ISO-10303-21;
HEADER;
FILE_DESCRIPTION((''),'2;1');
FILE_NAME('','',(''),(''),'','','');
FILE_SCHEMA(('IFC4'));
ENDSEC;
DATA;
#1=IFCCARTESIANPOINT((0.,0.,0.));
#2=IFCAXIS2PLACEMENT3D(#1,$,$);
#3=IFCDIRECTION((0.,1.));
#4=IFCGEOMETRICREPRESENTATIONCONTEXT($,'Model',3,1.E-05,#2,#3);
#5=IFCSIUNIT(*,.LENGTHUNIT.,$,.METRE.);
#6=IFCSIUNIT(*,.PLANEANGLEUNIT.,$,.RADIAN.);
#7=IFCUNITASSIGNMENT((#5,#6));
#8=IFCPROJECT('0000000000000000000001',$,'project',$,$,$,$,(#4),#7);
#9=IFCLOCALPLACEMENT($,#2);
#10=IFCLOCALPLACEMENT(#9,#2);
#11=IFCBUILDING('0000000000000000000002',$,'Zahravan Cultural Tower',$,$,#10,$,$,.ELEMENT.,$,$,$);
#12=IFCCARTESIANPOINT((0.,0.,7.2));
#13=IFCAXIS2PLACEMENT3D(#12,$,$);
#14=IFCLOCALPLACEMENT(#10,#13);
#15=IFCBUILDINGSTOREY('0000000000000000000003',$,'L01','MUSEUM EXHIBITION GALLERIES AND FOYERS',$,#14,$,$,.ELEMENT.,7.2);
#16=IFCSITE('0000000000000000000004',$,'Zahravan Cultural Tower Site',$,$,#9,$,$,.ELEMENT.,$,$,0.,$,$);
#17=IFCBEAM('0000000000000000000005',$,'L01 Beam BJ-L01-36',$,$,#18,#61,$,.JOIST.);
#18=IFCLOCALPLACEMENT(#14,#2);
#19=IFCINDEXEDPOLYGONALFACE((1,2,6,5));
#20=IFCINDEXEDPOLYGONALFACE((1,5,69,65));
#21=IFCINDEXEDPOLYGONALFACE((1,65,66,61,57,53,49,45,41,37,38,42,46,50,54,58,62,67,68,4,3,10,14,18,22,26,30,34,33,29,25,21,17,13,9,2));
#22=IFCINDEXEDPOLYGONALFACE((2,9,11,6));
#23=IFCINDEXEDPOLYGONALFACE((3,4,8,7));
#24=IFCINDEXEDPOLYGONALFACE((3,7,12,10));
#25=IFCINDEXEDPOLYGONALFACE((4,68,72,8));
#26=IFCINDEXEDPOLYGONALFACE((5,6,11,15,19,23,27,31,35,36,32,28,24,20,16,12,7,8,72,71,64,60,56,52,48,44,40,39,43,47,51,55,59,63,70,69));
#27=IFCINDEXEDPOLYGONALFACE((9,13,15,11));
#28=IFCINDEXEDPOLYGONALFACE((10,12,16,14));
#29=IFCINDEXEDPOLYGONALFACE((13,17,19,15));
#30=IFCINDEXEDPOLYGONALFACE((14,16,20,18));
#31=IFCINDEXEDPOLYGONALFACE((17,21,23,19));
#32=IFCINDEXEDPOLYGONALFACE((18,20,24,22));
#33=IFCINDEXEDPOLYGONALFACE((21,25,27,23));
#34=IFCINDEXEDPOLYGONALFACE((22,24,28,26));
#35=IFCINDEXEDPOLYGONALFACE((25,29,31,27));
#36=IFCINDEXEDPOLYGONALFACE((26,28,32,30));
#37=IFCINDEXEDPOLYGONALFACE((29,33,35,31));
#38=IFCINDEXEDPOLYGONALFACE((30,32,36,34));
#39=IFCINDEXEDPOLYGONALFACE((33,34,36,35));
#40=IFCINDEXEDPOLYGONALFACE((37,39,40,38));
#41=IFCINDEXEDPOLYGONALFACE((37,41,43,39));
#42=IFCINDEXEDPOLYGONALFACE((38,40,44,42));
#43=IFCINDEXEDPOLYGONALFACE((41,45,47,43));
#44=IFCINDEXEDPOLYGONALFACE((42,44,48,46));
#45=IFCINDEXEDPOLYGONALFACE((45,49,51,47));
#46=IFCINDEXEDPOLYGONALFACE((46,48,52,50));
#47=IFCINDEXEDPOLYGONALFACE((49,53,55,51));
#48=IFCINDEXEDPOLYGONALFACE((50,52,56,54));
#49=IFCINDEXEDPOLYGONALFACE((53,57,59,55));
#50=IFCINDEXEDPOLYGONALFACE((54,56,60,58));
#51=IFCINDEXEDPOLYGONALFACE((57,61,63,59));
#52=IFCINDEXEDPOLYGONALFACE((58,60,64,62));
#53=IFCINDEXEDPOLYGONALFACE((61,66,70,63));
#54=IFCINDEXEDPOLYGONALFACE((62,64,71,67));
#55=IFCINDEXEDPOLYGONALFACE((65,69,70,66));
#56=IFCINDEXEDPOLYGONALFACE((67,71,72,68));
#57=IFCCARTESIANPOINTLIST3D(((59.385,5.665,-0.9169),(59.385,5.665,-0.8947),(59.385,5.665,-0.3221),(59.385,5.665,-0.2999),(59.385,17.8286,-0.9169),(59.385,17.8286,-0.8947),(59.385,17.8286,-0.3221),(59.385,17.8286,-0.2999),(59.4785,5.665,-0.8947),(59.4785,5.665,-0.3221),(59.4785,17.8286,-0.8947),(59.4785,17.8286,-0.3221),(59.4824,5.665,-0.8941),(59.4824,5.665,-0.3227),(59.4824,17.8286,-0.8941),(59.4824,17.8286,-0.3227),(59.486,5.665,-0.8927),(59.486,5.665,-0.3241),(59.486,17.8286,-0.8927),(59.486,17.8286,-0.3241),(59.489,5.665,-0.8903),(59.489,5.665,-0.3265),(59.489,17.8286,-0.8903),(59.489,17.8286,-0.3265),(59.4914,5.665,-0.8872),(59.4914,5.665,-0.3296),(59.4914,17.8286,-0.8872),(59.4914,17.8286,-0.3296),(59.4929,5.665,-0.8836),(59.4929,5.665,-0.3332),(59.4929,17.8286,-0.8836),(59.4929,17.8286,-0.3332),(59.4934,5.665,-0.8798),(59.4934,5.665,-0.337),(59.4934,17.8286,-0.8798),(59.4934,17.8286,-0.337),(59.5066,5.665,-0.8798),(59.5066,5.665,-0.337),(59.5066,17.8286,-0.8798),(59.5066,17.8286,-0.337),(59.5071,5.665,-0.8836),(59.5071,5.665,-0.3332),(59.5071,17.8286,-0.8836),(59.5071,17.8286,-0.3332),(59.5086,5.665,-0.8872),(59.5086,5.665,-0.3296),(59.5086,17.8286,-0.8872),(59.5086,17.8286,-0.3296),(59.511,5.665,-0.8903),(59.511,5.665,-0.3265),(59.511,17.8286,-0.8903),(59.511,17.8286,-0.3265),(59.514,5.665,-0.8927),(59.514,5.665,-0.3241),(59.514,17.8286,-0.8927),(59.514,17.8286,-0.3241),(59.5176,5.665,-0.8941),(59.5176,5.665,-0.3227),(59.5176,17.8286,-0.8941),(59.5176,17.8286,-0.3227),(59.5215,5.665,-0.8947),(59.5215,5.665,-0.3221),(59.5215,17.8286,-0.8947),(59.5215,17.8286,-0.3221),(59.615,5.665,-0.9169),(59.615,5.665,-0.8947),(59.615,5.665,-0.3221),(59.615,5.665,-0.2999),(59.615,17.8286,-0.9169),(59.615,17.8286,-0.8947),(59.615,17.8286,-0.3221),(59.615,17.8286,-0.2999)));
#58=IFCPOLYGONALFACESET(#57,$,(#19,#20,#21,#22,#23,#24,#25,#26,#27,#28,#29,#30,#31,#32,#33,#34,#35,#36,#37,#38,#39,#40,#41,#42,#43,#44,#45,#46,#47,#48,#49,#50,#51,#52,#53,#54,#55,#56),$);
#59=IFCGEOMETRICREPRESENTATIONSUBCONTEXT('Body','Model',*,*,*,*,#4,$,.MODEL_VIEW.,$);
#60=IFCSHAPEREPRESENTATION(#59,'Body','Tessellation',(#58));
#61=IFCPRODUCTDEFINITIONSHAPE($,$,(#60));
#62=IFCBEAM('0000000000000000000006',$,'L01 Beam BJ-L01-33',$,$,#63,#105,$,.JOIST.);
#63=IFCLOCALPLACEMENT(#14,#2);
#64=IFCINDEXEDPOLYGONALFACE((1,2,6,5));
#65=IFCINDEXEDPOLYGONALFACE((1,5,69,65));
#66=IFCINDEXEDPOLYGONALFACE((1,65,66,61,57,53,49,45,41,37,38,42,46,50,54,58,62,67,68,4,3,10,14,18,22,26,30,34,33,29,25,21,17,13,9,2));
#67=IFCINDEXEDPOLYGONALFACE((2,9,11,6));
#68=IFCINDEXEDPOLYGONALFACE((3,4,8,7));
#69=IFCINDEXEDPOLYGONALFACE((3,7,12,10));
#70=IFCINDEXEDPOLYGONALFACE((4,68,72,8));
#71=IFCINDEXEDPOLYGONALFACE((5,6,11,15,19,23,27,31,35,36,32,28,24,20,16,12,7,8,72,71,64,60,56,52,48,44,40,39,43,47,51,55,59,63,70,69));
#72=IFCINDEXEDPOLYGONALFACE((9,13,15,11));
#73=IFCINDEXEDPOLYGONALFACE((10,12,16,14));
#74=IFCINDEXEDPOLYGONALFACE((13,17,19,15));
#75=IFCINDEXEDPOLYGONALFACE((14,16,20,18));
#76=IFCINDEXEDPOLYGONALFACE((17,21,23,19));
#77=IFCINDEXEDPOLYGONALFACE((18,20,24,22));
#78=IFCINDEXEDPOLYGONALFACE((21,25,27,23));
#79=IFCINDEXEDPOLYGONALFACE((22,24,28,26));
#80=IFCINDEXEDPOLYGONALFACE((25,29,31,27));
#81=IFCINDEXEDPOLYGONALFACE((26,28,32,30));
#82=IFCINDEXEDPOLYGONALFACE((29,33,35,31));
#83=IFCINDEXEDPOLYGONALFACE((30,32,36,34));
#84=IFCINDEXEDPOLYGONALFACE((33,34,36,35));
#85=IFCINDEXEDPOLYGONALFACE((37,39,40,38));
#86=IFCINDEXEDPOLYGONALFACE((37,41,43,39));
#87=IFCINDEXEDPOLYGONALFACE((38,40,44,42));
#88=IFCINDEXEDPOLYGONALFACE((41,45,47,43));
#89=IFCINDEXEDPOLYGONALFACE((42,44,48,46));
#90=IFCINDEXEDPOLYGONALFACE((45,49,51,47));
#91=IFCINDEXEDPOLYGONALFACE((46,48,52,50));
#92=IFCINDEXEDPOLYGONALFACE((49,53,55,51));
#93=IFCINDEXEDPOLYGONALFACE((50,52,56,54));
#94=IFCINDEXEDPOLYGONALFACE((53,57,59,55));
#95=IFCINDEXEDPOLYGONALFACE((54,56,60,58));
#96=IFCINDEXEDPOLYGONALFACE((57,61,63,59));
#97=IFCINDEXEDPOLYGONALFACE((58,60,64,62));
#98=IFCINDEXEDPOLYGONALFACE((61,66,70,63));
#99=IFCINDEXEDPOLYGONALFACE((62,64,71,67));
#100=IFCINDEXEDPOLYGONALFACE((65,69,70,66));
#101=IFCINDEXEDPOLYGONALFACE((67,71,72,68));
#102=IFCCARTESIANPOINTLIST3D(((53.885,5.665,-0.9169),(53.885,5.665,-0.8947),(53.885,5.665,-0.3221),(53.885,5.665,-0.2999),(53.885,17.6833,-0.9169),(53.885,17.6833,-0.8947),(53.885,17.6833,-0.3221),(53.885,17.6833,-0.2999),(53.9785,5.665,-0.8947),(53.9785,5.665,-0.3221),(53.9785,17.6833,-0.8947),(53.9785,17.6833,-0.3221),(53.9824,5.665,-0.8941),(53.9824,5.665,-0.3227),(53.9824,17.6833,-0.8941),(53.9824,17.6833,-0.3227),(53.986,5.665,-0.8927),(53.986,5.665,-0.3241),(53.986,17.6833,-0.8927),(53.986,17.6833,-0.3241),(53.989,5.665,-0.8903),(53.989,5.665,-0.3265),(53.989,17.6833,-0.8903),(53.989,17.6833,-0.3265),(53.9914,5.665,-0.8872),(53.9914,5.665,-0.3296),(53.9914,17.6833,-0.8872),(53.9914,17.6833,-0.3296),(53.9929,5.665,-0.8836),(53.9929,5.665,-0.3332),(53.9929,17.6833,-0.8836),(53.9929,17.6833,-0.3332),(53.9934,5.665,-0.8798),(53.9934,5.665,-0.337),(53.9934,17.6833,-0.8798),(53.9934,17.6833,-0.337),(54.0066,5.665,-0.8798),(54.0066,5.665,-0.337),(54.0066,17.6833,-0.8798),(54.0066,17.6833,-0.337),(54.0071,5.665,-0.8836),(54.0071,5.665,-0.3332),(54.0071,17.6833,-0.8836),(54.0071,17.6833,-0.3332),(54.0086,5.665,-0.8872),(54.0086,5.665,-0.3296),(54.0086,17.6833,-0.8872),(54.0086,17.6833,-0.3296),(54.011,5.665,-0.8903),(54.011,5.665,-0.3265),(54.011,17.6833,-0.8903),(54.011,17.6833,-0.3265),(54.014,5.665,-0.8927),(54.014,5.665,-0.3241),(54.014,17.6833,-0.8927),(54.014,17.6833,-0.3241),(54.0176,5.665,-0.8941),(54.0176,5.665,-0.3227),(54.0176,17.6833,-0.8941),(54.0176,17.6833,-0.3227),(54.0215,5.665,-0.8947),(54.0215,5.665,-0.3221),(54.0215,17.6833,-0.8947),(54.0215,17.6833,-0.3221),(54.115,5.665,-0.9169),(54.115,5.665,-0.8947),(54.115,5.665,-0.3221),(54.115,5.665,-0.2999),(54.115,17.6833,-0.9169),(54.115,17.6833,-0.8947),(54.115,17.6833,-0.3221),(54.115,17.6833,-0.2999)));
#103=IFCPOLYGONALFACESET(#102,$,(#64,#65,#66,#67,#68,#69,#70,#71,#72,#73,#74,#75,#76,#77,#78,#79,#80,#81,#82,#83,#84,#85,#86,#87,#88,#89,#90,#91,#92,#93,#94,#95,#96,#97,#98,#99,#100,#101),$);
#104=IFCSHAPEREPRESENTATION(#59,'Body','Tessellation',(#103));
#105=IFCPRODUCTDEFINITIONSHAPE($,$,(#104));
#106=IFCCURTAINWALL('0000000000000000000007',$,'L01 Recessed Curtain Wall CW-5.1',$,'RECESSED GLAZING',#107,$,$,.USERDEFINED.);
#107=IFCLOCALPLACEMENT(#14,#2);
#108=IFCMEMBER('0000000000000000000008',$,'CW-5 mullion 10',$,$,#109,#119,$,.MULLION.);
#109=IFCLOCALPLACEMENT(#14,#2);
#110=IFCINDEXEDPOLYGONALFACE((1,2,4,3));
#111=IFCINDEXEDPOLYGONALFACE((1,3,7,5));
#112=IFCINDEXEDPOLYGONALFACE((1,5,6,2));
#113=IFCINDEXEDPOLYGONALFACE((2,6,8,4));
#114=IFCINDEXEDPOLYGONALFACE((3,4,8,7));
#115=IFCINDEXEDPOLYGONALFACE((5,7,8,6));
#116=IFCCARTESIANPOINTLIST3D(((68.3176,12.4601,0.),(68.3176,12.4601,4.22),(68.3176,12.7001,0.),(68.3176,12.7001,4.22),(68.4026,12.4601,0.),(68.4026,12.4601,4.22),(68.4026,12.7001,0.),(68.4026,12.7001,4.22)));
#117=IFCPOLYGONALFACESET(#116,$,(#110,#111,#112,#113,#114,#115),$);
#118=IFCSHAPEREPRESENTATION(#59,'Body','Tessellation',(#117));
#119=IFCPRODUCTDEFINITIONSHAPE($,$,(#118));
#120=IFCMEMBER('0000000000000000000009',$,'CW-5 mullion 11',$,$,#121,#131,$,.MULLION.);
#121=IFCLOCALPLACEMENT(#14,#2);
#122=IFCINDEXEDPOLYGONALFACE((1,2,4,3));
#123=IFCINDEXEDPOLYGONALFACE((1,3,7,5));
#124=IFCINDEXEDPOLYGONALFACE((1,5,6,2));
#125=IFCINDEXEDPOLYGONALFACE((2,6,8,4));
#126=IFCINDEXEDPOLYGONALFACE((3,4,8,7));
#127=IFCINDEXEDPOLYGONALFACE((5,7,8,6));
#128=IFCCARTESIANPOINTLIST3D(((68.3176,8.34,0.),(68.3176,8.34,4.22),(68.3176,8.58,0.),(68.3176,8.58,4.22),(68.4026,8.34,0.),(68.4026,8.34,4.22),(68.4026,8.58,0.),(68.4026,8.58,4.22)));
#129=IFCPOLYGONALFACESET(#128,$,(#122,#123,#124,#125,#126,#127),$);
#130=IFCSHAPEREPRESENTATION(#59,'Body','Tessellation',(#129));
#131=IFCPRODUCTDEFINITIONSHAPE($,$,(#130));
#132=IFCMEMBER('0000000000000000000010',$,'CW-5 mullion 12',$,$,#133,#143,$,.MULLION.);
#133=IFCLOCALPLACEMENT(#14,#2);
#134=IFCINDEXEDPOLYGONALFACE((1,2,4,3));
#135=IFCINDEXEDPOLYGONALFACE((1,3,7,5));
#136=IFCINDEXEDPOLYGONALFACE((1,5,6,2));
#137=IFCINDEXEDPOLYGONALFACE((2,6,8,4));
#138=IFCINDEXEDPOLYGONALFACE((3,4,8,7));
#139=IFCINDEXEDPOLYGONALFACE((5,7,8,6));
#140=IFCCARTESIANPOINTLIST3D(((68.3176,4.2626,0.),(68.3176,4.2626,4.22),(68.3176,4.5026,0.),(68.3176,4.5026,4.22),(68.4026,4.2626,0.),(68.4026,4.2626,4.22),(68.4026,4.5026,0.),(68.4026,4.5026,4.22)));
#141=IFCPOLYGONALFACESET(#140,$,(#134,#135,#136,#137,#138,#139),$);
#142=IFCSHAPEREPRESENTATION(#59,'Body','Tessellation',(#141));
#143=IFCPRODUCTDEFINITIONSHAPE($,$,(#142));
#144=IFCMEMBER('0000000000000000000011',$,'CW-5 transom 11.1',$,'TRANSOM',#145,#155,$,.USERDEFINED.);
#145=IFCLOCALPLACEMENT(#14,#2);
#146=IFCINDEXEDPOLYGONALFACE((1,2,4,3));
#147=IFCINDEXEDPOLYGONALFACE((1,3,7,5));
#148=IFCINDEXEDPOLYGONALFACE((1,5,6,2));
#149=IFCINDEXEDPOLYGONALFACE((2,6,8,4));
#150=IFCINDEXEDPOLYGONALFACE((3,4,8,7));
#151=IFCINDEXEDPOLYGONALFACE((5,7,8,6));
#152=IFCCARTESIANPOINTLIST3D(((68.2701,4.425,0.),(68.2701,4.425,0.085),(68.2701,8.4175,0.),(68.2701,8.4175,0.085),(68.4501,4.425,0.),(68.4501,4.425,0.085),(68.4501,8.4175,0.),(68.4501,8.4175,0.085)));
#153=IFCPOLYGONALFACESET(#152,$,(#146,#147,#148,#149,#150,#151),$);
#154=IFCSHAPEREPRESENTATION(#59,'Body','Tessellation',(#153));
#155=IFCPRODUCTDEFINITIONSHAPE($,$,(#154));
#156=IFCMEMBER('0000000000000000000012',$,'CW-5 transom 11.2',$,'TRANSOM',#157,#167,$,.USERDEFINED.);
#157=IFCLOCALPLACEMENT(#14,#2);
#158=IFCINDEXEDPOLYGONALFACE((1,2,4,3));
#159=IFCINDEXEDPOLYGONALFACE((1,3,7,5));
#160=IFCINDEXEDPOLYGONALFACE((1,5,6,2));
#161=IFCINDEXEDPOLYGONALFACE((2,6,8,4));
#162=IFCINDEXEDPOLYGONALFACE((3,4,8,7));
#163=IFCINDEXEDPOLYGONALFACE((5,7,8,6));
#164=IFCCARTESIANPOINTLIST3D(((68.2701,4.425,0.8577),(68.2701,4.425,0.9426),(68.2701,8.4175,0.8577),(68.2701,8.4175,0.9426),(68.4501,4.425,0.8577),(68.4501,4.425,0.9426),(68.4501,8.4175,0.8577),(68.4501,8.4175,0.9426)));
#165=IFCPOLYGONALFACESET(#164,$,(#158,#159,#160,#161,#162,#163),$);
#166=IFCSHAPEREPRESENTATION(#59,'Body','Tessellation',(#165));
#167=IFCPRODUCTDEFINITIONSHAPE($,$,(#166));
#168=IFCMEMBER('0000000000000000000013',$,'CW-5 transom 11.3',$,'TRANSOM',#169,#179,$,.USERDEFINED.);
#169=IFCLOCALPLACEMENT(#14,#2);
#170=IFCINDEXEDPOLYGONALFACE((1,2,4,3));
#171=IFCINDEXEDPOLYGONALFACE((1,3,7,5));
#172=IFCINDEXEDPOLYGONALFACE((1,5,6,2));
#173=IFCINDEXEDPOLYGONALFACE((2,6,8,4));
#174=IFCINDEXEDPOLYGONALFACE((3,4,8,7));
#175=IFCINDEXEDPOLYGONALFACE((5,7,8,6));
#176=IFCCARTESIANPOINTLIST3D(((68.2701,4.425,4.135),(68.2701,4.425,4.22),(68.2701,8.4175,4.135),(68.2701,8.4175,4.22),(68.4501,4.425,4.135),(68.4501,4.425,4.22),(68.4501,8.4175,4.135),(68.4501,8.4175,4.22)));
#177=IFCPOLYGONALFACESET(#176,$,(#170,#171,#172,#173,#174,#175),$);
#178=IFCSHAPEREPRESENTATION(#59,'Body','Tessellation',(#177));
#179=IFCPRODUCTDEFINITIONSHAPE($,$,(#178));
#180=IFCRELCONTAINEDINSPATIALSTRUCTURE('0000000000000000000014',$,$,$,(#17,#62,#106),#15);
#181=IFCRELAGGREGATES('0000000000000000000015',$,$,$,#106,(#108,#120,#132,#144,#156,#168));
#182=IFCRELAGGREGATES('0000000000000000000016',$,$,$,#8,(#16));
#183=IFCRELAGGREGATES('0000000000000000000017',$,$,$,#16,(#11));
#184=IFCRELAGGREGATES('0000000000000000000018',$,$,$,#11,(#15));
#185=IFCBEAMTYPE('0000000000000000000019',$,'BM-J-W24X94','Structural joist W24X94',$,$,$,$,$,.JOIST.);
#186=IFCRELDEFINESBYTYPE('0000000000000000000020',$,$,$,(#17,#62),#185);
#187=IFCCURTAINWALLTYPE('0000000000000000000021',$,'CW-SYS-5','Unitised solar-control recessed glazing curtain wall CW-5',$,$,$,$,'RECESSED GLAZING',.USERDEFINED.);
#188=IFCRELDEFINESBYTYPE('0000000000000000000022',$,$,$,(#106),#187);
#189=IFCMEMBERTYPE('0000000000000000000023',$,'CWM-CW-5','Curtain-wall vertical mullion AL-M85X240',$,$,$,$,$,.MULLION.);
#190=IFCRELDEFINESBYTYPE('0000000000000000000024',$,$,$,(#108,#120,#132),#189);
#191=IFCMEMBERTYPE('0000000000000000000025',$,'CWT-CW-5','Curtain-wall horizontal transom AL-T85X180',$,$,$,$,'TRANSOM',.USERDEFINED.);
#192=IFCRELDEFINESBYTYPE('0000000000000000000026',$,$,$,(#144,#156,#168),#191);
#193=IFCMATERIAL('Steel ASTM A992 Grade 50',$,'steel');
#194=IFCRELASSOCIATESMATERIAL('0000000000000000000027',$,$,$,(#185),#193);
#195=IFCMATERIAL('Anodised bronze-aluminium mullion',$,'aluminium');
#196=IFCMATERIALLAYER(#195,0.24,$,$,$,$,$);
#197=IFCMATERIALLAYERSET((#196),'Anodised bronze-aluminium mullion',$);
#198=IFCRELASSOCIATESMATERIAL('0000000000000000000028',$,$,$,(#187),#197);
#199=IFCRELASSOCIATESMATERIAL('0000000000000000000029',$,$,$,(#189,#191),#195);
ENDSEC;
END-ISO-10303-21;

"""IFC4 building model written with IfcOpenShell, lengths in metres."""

from ifc_helpers import new_model, si_unit, direction, frame, origin, origin_2d, place, context, subcontext, project, spatial, rectangle, i_section, extrude, source, transform, mapped, material, layer, layer_set, material_profile, profile_set, type_object, element, aggregate, save


model = new_model("IFC4")

# Units and contexts
model_context = context("Model", 3, precision=1e-05, world=origin(), true_north=direction((0.0, 1.0)))
body_context = subcontext(model_context, "Body", "Model", "MODEL_VIEW")
ifc_project = project(units=[si_unit("LENGTHUNIT", "METRE"), si_unit("PLANEANGLEUNIT", "RADIAN")], contexts=[model_context])

# Site, building, storey
site_placement = place(None, origin())
site = spatial("IfcSite", under=ifc_project, at=site_placement, Name="Zahravan Cultural Tower Site", CompositionType="ELEMENT", RefElevation=0.0)
building_placement = place(site_placement, origin())
building = spatial("IfcBuilding", under=site, at=building_placement, Name="Zahravan Cultural Tower", CompositionType="ELEMENT")
storey_placement = place(building_placement, frame((0.0, 0.0, 7.2)))
storey = spatial("IfcBuildingStorey", under=building, at=storey_placement, Name="L01", Description="MUSEUM EXHIBITION GALLERIES AND FOYERS", CompositionType="ELEMENT", Elevation=7.2)

# Beams
ifc_material_1 = material(Name="Steel ASTM A992 Grade 50", Category="steel")
ifc_material_profile_1 = material_profile(ifc_material_1, i_section(OverallWidth=0.23, OverallDepth=0.6169, WebThickness=0.0132, FlangeThickness=0.0222, FilletRadius=0.0149, at=origin_2d()), Name="W24X94")
ifc_profile_set_1 = profile_set([ifc_material_profile_1], Name="Steel ASTM A992 Grade 50")
beam_type_1 = type_object("IfcBeamType", Name="BM-J-W24X94", Description="Structural joist W24X94", PredefinedType="JOIST", material=ifc_profile_set_1)
shared_shape_1 = source(origin(), body_context, "Body", "SweptSolid", [
    extrude(i_section(OverallWidth=0.23, OverallDepth=0.6169, WebThickness=0.0132, FlangeThickness=0.0222, FilletRadius=0.0149, at=origin_2d()), origin(), (0.0, 0.0, 1.0), 12.1636),
])
beam_1_placement = place(storey_placement, frame((59.5, 5.665, -0.6084), z_axis=(0.0, 1.0, 0.0), x_axis=(-1.0, 0.0, 0.0)))
element("IfcBeam", 1, at=beam_1_placement, inside=storey, type_object=beam_type_1, Name="L01 Beam BJ-L01-36", PredefinedType="JOIST", context=body_context, shape_type="MappedRepresentation", body=[
    mapped(shared_shape_1, transform((0.0, 0.0, 0.0), x_axis=(1.0, 0.0, 0.0), y_axis=(0.0, 1.0, 0.0), z_axis=(0.0, 0.0, 1.0), scale=1.0)),
])
shared_shape_2 = source(origin(), body_context, "Body", "SweptSolid", [
    extrude(i_section(OverallWidth=0.23, OverallDepth=0.6169, WebThickness=0.0132, FlangeThickness=0.0222, FilletRadius=0.0149, at=origin_2d()), origin(), (0.0, 0.0, 1.0), 12.0183),
])
beam_2_placement = place(storey_placement, frame((54.0, 5.665, -0.6084), z_axis=(0.0, 1.0, 0.0), x_axis=(-1.0, 0.0, 0.0)))
element("IfcBeam", 2, at=beam_2_placement, inside=storey, type_object=beam_type_1, Name="L01 Beam BJ-L01-33", PredefinedType="JOIST", context=body_context, shape_type="MappedRepresentation", body=[
    mapped(shared_shape_2, transform((0.0, 0.0, 0.0), x_axis=(1.0, 0.0, 0.0), y_axis=(0.0, 1.0, 0.0), z_axis=(0.0, 0.0, 1.0), scale=1.0)),
])

# Curtain wall, members
ifc_material_2 = material(Name="Anodised bronze-aluminium mullion", Category="aluminium")
ifc_layer_1 = layer(ifc_material_2, 0.24)
ifc_layer_set_1 = layer_set([ifc_layer_1], Name="Anodised bronze-aluminium mullion")
curtain_wall_type = type_object("IfcCurtainWallType", Name="CW-SYS-5", Description="Unitised solar-control recessed glazing curtain wall CW-5", ElementType="RECESSED GLAZING", PredefinedType="USERDEFINED", material=ifc_layer_set_1)
curtain_wall_placement = place(storey_placement, origin())
curtain_wall = element("IfcCurtainWall", 3, at=curtain_wall_placement, inside=storey, type_object=curtain_wall_type, Name="L01 Recessed Curtain Wall CW-5.1", ObjectType="RECESSED GLAZING", PredefinedType="USERDEFINED")
ifc_material_profile_2 = material_profile(ifc_material_2, rectangle(XDim=0.085, YDim=0.24, at=origin_2d()), Name="AL-M85X240")
ifc_profile_set_2 = profile_set([ifc_material_profile_2], Name="Anodised bronze-aluminium mullion")
member_type_1 = type_object("IfcMemberType", Name="CWM-CW-5", Description="Curtain-wall vertical mullion AL-M85X240", PredefinedType="MULLION", material=ifc_profile_set_2)
shared_shape_3 = source(origin(), body_context, "Body", "SweptSolid", [
    extrude(rectangle(XDim=0.085, YDim=0.24, at=origin_2d()), origin(), (0.0, 0.0, 1.0), 4.22),
])
member_1_placement = place(storey_placement, frame((68.3601, 12.5801, 0.0), z_axis=(0.0, 0.0, 1.0), x_axis=(1.0, 0.0, 0.0)))
member_1 = element("IfcMember", 4, at=member_1_placement, type_object=member_type_1, Name="CW-5 mullion 10", PredefinedType="MULLION", context=body_context, shape_type="MappedRepresentation", body=[
    mapped(shared_shape_3, transform((0.0, 0.0, 0.0), x_axis=(1.0, 0.0, 0.0), y_axis=(0.0, 1.0, 0.0), z_axis=(0.0, 0.0, 1.0), scale=1.0)),
])
member_2_placement = place(storey_placement, frame((68.3601, 8.46, 0.0), z_axis=(0.0, 0.0, 1.0), x_axis=(1.0, 0.0, 0.0)))
member_2 = element("IfcMember", 5, at=member_2_placement, type_object=member_type_1, Name="CW-5 mullion 11", PredefinedType="MULLION", context=body_context, shape_type="MappedRepresentation", body=[
    mapped(shared_shape_3, transform((0.0, 0.0, 0.0), x_axis=(1.0, 0.0, 0.0), y_axis=(0.0, 1.0, 0.0), z_axis=(0.0, 0.0, 1.0), scale=1.0)),
])
member_3_placement = place(storey_placement, frame((68.3601, 4.3826, 0.0), z_axis=(0.0, 0.0, 1.0), x_axis=(1.0, 0.0, 0.0)))
member_3 = element("IfcMember", 6, at=member_3_placement, type_object=member_type_1, Name="CW-5 mullion 12", PredefinedType="MULLION", context=body_context, shape_type="MappedRepresentation", body=[
    mapped(shared_shape_3, transform((0.0, 0.0, 0.0), x_axis=(1.0, 0.0, 0.0), y_axis=(0.0, 1.0, 0.0), z_axis=(0.0, 0.0, 1.0), scale=1.0)),
])
ifc_material_profile_3 = material_profile(ifc_material_2, rectangle(XDim=0.1799, YDim=0.085, at=origin_2d()), Name="AL-T85X180")
ifc_profile_set_3 = profile_set([ifc_material_profile_3], Name="Anodised bronze-aluminium mullion")
member_type_2 = type_object("IfcMemberType", Name="CWT-CW-5", Description="Curtain-wall horizontal transom AL-T85X180", ElementType="TRANSOM", PredefinedType="USERDEFINED", material=ifc_profile_set_3)
shared_shape_4 = source(origin(), body_context, "Body", "SweptSolid", [
    extrude(rectangle(XDim=0.1799, YDim=0.085, at=origin_2d()), origin(), (0.0, 0.0, 1.0), 3.9924),
])
member_4_placement = place(storey_placement, frame((68.3601, 8.4175, 0.0425), z_axis=(0.0, -1.0, 0.0), x_axis=(1.0, 0.0, 0.0)))
member_4 = element("IfcMember", 7, at=member_4_placement, type_object=member_type_2, Name="CW-5 transom 11.1", ObjectType="TRANSOM", PredefinedType="USERDEFINED", context=body_context, shape_type="MappedRepresentation", body=[
    mapped(shared_shape_4, transform((0.0, 0.0, 0.0), x_axis=(1.0, 0.0, 0.0), y_axis=(0.0, 1.0, 0.0), z_axis=(0.0, 0.0, 1.0), scale=1.0)),
])
member_5_placement = place(storey_placement, frame((68.3601, 8.4175, 0.9001), z_axis=(0.0, -1.0, 0.0), x_axis=(1.0, 0.0, 0.0)))
member_5 = element("IfcMember", 8, at=member_5_placement, type_object=member_type_2, Name="CW-5 transom 11.2", ObjectType="TRANSOM", PredefinedType="USERDEFINED", context=body_context, shape_type="MappedRepresentation", body=[
    mapped(shared_shape_4, transform((0.0, 0.0, 0.0), x_axis=(1.0, 0.0, 0.0), y_axis=(0.0, 1.0, 0.0), z_axis=(0.0, 0.0, 1.0), scale=1.0)),
])
member_6_placement = place(storey_placement, frame((68.3601, 8.4175, 4.1775), z_axis=(0.0, -1.0, 0.0), x_axis=(1.0, 0.0, 0.0)))
member_6 = element("IfcMember", 9, at=member_6_placement, type_object=member_type_2, Name="CW-5 transom 11.3", ObjectType="TRANSOM", PredefinedType="USERDEFINED", context=body_context, shape_type="MappedRepresentation", body=[
    mapped(shared_shape_4, transform((0.0, 0.0, 0.0), x_axis=(1.0, 0.0, 0.0), y_axis=(0.0, 1.0, 0.0), z_axis=(0.0, 0.0, 1.0), scale=1.0)),
])
aggregate(curtain_wall, [member_1, member_2, member_3, member_4, member_5, member_6])

save(model, "model.ifc")
